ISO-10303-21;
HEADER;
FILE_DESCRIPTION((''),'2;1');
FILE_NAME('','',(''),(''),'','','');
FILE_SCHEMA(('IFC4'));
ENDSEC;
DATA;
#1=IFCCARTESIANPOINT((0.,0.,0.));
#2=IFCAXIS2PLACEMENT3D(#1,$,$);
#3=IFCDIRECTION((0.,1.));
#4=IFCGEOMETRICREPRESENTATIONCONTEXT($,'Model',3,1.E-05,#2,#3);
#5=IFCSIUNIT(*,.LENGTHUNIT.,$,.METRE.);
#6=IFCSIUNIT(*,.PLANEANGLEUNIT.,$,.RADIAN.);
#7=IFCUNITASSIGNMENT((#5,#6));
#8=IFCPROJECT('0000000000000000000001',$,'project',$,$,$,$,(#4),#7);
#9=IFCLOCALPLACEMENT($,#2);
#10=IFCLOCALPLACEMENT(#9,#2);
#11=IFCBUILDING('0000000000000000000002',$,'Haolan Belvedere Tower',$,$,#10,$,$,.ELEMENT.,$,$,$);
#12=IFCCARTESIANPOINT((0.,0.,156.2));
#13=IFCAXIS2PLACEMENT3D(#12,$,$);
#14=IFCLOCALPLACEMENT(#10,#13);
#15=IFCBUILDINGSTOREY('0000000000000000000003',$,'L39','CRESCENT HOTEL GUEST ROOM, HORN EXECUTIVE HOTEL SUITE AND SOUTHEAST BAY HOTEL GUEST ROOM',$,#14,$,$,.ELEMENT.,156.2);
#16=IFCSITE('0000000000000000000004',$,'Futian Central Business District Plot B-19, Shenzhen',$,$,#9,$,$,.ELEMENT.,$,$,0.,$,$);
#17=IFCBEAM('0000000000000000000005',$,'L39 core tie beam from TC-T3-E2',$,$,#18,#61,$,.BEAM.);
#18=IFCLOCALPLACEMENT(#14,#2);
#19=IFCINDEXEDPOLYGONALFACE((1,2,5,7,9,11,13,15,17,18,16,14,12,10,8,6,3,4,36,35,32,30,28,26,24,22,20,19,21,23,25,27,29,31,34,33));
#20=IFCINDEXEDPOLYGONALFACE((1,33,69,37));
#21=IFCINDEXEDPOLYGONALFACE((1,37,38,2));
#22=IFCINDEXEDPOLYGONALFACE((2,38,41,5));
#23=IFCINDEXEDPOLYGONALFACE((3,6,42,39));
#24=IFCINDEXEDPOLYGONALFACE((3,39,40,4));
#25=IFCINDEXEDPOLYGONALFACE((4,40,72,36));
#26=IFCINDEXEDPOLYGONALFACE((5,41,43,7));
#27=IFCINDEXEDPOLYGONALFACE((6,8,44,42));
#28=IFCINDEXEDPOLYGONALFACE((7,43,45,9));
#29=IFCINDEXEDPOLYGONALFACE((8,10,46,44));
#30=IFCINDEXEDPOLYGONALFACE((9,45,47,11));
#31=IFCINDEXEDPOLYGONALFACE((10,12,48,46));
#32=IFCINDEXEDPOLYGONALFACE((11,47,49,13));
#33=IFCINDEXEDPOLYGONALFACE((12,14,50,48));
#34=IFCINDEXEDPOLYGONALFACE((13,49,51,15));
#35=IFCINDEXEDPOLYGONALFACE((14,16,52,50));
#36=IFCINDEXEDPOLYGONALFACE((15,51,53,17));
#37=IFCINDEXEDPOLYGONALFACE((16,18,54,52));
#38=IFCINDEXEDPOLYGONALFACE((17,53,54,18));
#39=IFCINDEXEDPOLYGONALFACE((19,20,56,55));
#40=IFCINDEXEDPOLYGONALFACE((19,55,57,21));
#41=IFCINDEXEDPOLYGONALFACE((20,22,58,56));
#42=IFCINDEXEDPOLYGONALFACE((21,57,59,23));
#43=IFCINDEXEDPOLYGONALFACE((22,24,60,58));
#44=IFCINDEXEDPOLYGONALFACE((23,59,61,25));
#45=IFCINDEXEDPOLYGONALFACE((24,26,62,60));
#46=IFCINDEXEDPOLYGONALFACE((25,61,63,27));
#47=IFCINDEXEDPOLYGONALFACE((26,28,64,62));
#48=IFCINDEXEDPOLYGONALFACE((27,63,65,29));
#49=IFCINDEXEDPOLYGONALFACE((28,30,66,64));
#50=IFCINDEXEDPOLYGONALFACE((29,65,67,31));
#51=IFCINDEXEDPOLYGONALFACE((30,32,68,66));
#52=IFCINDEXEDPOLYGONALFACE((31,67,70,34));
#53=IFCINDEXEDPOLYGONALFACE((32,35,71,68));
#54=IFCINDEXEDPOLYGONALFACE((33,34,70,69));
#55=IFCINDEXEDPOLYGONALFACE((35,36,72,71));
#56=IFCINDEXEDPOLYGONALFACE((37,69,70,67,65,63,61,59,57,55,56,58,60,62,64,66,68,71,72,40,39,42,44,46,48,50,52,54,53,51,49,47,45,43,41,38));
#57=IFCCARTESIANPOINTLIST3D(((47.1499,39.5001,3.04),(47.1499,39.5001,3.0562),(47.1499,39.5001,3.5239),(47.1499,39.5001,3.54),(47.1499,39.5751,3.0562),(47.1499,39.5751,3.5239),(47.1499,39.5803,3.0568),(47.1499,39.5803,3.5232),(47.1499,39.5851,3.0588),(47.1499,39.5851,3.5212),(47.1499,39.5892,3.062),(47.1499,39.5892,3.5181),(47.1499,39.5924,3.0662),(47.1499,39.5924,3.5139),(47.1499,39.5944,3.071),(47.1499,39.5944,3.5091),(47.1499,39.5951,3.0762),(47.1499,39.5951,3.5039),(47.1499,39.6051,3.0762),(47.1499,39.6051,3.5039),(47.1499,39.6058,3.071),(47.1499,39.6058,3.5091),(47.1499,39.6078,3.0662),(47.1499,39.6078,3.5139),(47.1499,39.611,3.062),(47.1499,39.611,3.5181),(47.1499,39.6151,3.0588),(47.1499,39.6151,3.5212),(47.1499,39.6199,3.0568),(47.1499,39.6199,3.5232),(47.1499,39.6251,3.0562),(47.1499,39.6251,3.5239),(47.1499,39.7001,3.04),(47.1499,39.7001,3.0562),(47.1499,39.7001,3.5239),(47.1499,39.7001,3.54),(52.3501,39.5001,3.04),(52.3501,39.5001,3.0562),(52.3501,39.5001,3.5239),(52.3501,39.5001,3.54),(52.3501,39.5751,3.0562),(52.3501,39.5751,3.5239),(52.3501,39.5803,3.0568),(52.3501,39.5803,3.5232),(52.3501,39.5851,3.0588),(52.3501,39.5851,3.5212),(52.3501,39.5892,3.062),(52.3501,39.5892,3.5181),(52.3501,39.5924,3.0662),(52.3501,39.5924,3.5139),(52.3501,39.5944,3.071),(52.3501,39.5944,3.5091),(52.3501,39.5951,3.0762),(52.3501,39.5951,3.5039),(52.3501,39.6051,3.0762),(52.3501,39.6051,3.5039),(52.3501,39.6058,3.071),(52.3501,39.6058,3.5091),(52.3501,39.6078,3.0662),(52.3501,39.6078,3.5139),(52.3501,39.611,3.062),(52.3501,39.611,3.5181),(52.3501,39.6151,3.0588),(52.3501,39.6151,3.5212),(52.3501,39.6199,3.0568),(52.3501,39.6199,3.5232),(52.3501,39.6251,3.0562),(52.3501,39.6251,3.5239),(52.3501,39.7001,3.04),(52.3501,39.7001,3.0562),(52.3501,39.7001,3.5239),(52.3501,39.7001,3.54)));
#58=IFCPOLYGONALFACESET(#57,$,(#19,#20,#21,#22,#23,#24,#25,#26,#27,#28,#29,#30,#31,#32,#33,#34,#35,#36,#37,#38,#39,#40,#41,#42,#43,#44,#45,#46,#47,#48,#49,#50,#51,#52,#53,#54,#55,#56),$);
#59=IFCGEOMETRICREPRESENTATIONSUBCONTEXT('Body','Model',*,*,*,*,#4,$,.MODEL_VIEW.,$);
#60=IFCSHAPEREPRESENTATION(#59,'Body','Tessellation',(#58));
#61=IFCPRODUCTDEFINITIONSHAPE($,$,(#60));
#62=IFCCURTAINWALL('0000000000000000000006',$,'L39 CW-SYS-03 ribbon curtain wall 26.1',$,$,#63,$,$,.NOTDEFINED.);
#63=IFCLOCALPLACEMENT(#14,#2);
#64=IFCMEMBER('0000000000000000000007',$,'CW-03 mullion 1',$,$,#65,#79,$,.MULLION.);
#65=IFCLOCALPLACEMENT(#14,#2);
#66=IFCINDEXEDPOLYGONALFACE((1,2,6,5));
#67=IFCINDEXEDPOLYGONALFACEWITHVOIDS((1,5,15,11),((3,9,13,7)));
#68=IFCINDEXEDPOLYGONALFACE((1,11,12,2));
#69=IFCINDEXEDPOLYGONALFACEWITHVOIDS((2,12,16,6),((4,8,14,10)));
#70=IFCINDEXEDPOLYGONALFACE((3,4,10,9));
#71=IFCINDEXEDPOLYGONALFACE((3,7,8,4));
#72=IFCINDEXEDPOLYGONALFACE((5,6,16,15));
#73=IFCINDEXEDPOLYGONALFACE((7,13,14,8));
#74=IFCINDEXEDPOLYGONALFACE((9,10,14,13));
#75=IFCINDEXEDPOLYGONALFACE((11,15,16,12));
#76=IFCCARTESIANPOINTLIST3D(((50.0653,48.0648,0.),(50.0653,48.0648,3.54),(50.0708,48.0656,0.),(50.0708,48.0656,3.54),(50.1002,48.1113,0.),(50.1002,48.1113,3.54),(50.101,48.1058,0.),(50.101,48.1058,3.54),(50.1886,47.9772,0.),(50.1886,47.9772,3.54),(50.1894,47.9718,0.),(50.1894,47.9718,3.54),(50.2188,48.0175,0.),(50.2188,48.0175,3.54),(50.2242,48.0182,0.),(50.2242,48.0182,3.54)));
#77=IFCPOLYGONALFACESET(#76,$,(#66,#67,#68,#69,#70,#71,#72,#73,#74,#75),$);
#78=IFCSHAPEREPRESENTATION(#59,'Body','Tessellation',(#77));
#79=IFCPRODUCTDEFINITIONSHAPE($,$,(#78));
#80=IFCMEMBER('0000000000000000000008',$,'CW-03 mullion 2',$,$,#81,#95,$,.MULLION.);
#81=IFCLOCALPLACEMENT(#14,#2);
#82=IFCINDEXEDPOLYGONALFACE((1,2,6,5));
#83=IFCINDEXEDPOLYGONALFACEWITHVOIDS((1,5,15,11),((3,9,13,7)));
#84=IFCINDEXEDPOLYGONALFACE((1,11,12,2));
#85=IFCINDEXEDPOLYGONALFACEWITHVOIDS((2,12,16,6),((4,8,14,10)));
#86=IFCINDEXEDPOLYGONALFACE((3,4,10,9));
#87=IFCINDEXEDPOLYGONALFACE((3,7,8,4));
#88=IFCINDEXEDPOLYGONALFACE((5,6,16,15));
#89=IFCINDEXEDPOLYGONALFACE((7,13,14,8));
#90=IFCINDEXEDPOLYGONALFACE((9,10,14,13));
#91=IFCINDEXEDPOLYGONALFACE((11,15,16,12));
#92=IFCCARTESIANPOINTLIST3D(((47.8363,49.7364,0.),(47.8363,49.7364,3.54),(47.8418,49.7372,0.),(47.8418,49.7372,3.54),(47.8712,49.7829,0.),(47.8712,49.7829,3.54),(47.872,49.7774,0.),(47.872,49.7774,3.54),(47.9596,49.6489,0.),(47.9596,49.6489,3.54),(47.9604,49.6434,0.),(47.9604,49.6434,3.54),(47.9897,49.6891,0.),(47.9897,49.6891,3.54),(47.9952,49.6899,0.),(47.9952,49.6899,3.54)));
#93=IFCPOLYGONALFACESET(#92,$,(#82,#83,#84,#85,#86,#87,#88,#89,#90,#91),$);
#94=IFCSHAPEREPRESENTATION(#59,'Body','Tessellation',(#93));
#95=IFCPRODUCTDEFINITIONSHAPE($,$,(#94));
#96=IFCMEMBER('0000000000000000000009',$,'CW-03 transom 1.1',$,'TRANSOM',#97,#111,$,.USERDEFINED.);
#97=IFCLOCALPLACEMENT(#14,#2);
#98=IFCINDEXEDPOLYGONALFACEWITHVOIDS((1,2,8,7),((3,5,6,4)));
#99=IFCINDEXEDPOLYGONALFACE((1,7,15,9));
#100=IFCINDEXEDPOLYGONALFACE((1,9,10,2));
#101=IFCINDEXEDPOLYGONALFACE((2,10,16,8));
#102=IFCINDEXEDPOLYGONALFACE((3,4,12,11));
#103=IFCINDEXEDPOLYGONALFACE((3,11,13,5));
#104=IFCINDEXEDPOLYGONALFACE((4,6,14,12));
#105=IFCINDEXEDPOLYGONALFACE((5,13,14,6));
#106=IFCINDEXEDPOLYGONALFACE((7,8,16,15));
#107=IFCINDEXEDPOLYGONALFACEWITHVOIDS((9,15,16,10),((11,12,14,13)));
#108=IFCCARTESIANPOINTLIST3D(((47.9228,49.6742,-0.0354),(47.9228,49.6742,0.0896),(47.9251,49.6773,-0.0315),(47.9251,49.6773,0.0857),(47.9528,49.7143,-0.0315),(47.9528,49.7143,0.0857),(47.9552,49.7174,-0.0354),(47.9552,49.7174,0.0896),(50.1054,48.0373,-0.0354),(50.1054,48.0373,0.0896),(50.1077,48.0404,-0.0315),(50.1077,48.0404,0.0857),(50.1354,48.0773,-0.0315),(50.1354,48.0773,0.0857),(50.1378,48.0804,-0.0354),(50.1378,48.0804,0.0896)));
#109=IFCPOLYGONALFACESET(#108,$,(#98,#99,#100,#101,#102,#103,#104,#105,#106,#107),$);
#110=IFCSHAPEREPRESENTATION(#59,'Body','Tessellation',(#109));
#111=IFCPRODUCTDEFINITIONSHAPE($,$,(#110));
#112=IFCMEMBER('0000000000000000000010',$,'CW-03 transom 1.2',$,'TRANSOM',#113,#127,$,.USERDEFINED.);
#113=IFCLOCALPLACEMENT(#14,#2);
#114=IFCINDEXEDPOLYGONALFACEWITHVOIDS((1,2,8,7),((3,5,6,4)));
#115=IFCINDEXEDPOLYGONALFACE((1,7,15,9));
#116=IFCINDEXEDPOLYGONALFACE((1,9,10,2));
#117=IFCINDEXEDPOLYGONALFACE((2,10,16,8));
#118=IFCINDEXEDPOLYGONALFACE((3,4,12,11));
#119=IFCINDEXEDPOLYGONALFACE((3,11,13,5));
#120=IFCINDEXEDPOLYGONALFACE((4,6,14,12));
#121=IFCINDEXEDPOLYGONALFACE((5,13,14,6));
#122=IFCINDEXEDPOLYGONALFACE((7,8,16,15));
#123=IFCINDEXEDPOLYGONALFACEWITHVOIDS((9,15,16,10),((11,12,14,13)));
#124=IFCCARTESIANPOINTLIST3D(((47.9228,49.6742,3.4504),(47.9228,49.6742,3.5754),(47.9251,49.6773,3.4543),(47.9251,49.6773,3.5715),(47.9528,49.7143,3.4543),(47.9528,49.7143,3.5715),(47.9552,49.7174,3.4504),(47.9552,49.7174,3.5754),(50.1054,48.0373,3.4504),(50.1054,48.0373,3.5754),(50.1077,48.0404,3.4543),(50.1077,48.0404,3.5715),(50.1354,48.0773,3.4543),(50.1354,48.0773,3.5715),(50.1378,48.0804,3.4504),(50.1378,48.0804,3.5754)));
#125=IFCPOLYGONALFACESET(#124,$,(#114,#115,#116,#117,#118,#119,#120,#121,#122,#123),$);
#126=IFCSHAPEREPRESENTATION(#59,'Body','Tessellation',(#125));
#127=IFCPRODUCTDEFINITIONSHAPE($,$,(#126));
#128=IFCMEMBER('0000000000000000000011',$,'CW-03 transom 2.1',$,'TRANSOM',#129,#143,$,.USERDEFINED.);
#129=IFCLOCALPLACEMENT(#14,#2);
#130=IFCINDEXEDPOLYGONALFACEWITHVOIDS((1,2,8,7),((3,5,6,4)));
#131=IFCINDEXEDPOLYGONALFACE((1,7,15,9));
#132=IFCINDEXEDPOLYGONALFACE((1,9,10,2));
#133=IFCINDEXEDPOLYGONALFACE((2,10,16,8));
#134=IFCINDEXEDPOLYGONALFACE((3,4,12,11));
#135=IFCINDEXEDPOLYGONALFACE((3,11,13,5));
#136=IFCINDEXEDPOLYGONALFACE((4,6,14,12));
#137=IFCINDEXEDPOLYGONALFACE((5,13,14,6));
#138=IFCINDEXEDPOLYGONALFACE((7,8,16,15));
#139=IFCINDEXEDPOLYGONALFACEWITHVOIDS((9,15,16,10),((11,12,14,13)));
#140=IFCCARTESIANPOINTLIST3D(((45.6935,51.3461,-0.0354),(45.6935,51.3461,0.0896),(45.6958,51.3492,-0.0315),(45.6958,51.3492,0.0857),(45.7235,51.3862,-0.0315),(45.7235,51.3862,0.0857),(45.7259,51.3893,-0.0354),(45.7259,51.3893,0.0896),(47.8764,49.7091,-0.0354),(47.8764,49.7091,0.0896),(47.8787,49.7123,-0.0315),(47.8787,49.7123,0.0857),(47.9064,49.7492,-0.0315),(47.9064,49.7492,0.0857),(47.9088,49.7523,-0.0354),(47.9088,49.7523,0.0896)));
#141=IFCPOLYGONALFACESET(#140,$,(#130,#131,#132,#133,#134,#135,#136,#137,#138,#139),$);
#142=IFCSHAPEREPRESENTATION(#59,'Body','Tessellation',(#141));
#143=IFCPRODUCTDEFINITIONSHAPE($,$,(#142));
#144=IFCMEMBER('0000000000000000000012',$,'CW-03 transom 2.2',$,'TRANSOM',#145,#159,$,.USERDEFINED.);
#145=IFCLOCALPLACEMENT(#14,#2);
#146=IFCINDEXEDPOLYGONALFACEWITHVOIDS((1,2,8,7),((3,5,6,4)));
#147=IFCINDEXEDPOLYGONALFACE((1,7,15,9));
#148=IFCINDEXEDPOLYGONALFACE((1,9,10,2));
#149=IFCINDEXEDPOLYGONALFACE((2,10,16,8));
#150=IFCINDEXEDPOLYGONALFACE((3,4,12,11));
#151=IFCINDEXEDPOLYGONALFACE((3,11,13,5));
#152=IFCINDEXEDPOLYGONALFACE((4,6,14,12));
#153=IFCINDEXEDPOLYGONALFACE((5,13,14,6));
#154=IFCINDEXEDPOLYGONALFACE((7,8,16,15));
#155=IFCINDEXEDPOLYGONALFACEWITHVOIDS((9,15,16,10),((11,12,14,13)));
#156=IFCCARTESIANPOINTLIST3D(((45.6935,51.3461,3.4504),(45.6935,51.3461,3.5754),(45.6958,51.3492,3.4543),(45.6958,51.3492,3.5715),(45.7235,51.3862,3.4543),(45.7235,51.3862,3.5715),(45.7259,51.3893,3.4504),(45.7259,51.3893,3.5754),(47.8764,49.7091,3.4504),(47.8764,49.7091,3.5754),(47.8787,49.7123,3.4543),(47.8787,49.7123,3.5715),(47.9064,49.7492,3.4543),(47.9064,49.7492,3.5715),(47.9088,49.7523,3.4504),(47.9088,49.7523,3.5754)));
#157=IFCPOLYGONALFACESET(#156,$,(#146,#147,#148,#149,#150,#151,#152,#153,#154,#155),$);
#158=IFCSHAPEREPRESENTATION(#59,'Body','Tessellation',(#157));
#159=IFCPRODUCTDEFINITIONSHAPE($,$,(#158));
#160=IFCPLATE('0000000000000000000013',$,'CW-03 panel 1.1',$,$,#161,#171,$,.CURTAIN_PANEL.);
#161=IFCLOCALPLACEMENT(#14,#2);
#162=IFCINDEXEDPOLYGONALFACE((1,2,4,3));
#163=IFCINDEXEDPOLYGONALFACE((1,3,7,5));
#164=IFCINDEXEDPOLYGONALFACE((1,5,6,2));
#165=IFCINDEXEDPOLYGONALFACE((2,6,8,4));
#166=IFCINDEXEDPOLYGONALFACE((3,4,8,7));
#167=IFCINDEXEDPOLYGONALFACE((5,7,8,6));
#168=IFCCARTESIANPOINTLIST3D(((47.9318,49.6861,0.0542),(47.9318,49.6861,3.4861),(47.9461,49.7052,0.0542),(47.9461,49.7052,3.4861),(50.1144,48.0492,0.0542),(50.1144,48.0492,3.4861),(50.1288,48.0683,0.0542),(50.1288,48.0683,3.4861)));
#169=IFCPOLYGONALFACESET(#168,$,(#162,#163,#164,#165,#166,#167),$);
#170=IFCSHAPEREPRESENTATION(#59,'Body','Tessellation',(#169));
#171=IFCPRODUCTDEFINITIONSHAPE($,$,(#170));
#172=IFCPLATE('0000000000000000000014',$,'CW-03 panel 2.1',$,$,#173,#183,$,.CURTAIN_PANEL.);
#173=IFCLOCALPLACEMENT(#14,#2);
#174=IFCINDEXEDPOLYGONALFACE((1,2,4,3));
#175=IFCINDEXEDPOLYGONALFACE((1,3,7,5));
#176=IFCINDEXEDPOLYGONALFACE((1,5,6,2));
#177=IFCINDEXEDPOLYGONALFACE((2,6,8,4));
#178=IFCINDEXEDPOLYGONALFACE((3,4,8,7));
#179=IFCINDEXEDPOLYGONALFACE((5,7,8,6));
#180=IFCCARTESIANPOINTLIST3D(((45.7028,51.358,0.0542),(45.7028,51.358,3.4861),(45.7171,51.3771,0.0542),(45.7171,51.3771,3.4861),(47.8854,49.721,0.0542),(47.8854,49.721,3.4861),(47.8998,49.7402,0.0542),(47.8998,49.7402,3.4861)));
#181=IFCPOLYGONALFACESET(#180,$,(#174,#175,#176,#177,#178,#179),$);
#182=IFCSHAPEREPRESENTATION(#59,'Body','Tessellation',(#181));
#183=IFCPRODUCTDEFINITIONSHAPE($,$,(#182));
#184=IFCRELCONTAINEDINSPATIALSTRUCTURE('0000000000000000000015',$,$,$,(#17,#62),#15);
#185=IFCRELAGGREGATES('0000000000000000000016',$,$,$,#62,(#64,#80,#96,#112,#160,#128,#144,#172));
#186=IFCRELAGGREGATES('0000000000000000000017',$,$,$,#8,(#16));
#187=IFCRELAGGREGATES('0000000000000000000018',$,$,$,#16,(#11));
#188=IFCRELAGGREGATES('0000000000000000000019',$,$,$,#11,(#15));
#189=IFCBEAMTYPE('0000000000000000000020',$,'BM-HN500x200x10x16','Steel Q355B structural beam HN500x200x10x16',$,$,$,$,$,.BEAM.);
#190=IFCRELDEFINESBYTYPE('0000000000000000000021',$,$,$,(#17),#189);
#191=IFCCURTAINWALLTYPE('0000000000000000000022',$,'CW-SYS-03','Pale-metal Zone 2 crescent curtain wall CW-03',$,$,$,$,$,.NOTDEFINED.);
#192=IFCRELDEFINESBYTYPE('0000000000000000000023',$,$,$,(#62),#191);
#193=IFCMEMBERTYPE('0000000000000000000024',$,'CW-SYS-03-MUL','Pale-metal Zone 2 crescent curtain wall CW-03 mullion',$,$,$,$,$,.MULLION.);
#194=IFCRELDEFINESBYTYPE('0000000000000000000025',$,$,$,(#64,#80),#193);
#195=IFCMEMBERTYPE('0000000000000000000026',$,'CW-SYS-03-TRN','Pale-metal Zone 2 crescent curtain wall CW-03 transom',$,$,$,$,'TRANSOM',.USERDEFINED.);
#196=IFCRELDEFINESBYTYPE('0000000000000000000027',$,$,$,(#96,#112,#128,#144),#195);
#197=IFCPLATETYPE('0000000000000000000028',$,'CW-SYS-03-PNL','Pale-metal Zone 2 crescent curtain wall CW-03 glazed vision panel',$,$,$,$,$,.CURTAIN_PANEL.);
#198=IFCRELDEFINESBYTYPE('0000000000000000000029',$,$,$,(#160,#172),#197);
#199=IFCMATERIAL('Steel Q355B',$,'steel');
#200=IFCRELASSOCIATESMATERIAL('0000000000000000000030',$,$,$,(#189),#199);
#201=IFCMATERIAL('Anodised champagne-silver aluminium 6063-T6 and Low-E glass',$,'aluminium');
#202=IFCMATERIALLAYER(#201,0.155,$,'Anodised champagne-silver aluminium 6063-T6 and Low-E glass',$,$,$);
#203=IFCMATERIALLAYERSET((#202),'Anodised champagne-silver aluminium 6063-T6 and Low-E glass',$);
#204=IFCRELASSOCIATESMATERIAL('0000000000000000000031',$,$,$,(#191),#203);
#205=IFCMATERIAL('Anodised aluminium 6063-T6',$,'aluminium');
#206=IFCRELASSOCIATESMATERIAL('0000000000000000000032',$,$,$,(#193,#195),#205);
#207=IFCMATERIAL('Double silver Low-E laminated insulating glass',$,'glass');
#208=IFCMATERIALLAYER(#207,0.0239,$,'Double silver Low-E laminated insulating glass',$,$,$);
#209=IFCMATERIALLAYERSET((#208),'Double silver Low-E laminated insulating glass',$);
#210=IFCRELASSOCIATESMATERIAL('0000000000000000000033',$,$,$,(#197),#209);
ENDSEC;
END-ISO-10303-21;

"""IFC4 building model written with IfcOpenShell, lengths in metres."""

from ifc_helpers import new_model, si_unit, direction, frame, origin, origin_2d, place, context, subcontext, project, spatial, rectangle, hollow_rectangle, i_section, extrude, material, layer, layer_set, material_profile, profile_set, type_object, element, aggregate, save


model = new_model("IFC4")

# Units and contexts
model_context = context("Model", 3, precision=1e-05, world=origin(), true_north=direction((0.0, 1.0)))
body_context = subcontext(model_context, "Body", "Model", "MODEL_VIEW")
ifc_project = project(units=[si_unit("LENGTHUNIT", "METRE"), si_unit("PLANEANGLEUNIT", "RADIAN")], contexts=[model_context])

# Site, building, storey
site_placement = place(None, origin())
site = spatial("IfcSite", under=ifc_project, at=site_placement, Name="Futian Central Business District Plot B-19, Shenzhen", CompositionType="ELEMENT", RefElevation=0.0)
building_placement = place(site_placement, origin())
building = spatial("IfcBuilding", under=site, at=building_placement, Name="Haolan Belvedere Tower", CompositionType="ELEMENT")
storey_placement = place(building_placement, frame((0.0, 0.0, 156.2)))
storey = spatial("IfcBuildingStorey", under=building, at=storey_placement, Name="L39", Description="CRESCENT HOTEL GUEST ROOM, HORN EXECUTIVE HOTEL SUITE AND SOUTHEAST BAY HOTEL GUEST ROOM", CompositionType="ELEMENT", Elevation=156.2)

# Beam
ifc_material_1 = material(Name="Steel Q355B", Category="steel")
ifc_material_profile_1 = material_profile(ifc_material_1, i_section(OverallWidth=0.2, OverallDepth=0.5, WebThickness=0.01, FlangeThickness=0.0161, FilletRadius=0.02, at=origin_2d()), Name="Steel Q355B")
ifc_profile_set_1 = profile_set([ifc_material_profile_1], Name="Steel Q355B")
beam_type = type_object("IfcBeamType", Name="BM-HN500x200x10x16", Description="Steel Q355B structural beam HN500x200x10x16", PredefinedType="BEAM", material=ifc_profile_set_1)
beam_placement = place(storey_placement, frame((52.3501, 39.6001, 3.29), z_axis=(-1.0, 0.0, 0.0), x_axis=(0.0, -1.0, 0.0)))
element("IfcBeam", 1, at=beam_placement, inside=storey, type_object=beam_type, Name="L39 core tie beam from TC-T3-E2", PredefinedType="BEAM", context=body_context, shape_type="SweptSolid", body=[
    extrude(i_section(OverallWidth=0.2, OverallDepth=0.5, WebThickness=0.01, FlangeThickness=0.0161, FilletRadius=0.02, at=origin_2d()), origin(), (0.0, 0.0, 1.0), 5.2002),
])

# Curtain wall, members, plates
ifc_material_2 = material(Name="Anodised champagne-silver aluminium 6063-T6 and Low-E glass", Category="aluminium")
ifc_layer_1 = layer(ifc_material_2, 0.155, Name="Anodised champagne-silver aluminium 6063-T6 and Low-E glass")
ifc_layer_set_1 = layer_set([ifc_layer_1], Name="Anodised champagne-silver aluminium 6063-T6 and Low-E glass")
curtain_wall_type = type_object("IfcCurtainWallType", Name="CW-SYS-03", Description="Pale-metal Zone 2 crescent curtain wall CW-03", PredefinedType="NOTDEFINED", material=ifc_layer_set_1)
curtain_wall_placement = place(storey_placement, origin())
curtain_wall = element("IfcCurtainWall", 2, at=curtain_wall_placement, inside=storey, type_object=curtain_wall_type, Name="L39 CW-SYS-03 ribbon curtain wall 26.1", PredefinedType="NOTDEFINED")
ifc_material_3 = material(Name="Anodised aluminium 6063-T6", Category="aluminium")
ifc_material_profile_2 = material_profile(ifc_material_3, hollow_rectangle(XDim=0.0581, YDim=0.155, WallThickness=0.0039, at=origin_2d()), Name="Anodised aluminium 6063-T6")
ifc_profile_set_2 = profile_set([ifc_material_profile_2], Name="Anodised aluminium 6063-T6")
member_type_1 = type_object("IfcMemberType", Name="CW-SYS-03-MUL", Description="Pale-metal Zone 2 crescent curtain wall CW-03 mullion", PredefinedType="MULLION", material=ifc_profile_set_2)
member_1_placement = place(storey_placement, frame((50.1448, 48.0415, 0.0), z_axis=(0.0, 0.0, 1.0), x_axis=(-0.599994, -0.800004, 0.0)))
member_1 = element("IfcMember", 3, at=member_1_placement, type_object=member_type_1, Name="CW-03 mullion 1", PredefinedType="MULLION", context=body_context, shape_type="SweptSolid", body=[
    extrude(hollow_rectangle(XDim=0.0581, YDim=0.155, WallThickness=0.0039, at=origin_2d()), origin(), (0.0, 0.0, 1.0), 3.54),
])
member_2_placement = place(storey_placement, frame((47.9158, 49.7131, 0.0), z_axis=(0.0, 0.0, 1.0), x_axis=(-0.599994, -0.800004, 0.0)))
member_2 = element("IfcMember", 4, at=member_2_placement, type_object=member_type_1, Name="CW-03 mullion 2", PredefinedType="MULLION", context=body_context, shape_type="SweptSolid", body=[
    extrude(hollow_rectangle(XDim=0.0581, YDim=0.155, WallThickness=0.0039, at=origin_2d()), origin(), (0.0, 0.0, 1.0), 3.54),
])
ifc_material_profile_3 = material_profile(ifc_material_3, hollow_rectangle(XDim=0.054, YDim=0.125, WallThickness=0.0039, at=origin_2d()), Name="Anodised aluminium 6063-T6")
ifc_profile_set_3 = profile_set([ifc_material_profile_3], Name="Anodised aluminium 6063-T6")
member_type_2 = type_object("IfcMemberType", Name="CW-SYS-03-TRN", Description="Pale-metal Zone 2 crescent curtain wall CW-03 transom", ElementType="TRANSOM", PredefinedType="USERDEFINED", material=ifc_profile_set_3)
member_3_placement = place(storey_placement, frame((50.1216, 48.0588, 0.0271), z_axis=(-0.8, 0.6, 0.0), x_axis=(-0.6, -0.8, 0.0)))
member_3 = element("IfcMember", 5, at=member_3_placement, type_object=member_type_2, Name="CW-03 transom 1.1", ObjectType="TRANSOM", PredefinedType="USERDEFINED", context=body_context, shape_type="SweptSolid", body=[
    extrude(hollow_rectangle(XDim=0.054, YDim=0.125, WallThickness=0.0039, at=origin_2d()), origin(), (0.0, 0.0, 1.0), 2.7283),
])
member_4_placement = place(storey_placement, frame((50.1216, 48.0588, 3.5129), z_axis=(-0.8, 0.6, 0.0), x_axis=(-0.6, -0.8, 0.0)))
member_4 = element("IfcMember", 6, at=member_4_placement, type_object=member_type_2, Name="CW-03 transom 1.2", ObjectType="TRANSOM", PredefinedType="USERDEFINED", context=body_context, shape_type="SweptSolid", body=[
    extrude(hollow_rectangle(XDim=0.054, YDim=0.125, WallThickness=0.0039, at=origin_2d()), origin(), (0.0, 0.0, 1.0), 2.7283),
])
member_5_placement = place(storey_placement, frame((47.8926, 49.7307, 0.0271), z_axis=(-0.800032, 0.599957, 0.0), x_axis=(-0.599957, -0.800032, 0.0)))
member_5 = element("IfcMember", 7, at=member_5_placement, type_object=member_type_2, Name="CW-03 transom 2.1", ObjectType="TRANSOM", PredefinedType="USERDEFINED", context=body_context, shape_type="SweptSolid", body=[
    extrude(hollow_rectangle(XDim=0.054, YDim=0.125, WallThickness=0.0039, at=origin_2d()), origin(), (0.0, 0.0, 1.0), 2.7285),
])
member_6_placement = place(storey_placement, frame((47.8926, 49.7307, 3.5129), z_axis=(-0.800032, 0.599957, 0.0), x_axis=(-0.599957, -0.800032, 0.0)))
member_6 = element("IfcMember", 8, at=member_6_placement, type_object=member_type_2, Name="CW-03 transom 2.2", ObjectType="TRANSOM", PredefinedType="USERDEFINED", context=body_context, shape_type="SweptSolid", body=[
    extrude(hollow_rectangle(XDim=0.054, YDim=0.125, WallThickness=0.0039, at=origin_2d()), origin(), (0.0, 0.0, 1.0), 2.7285),
])
ifc_material_4 = material(Name="Double silver Low-E laminated insulating glass", Category="glass")
ifc_layer_2 = layer(ifc_material_4, 0.0239, Name="Double silver Low-E laminated insulating glass")
ifc_layer_set_2 = layer_set([ifc_layer_2], Name="Double silver Low-E laminated insulating glass")
plate_type = type_object("IfcPlateType", Name="CW-SYS-03-PNL", Description="Pale-metal Zone 2 crescent curtain wall CW-03 glazed vision panel", PredefinedType="CURTAIN_PANEL", material=ifc_layer_set_2)
plate_1_placement = place(storey_placement, frame((49.0303, 48.8772, 0.0542), z_axis=(0.0, 0.0, 1.0), x_axis=(-0.800004, 0.599994, 0.0)))
plate_1 = element("IfcPlate", 9, at=plate_1_placement, type_object=plate_type, Name="CW-03 panel 1.1", PredefinedType="CURTAIN_PANEL", context=body_context, shape_type="SweptSolid", body=[
    extrude(rectangle(XDim=2.7283, YDim=0.0239, at=origin_2d()), origin(), (0.0, 0.0, 1.0), 3.4319),
])
plate_2_placement = place(storey_placement, frame((46.8013, 50.5491, 0.0542), z_axis=(0.0, 0.0, 1.0), x_axis=(-0.800004, 0.599994, 0.0)))
plate_2 = element("IfcPlate", 10, at=plate_2_placement, type_object=plate_type, Name="CW-03 panel 2.1", PredefinedType="CURTAIN_PANEL", context=body_context, shape_type="SweptSolid", body=[
    extrude(rectangle(XDim=2.7283, YDim=0.0239, at=origin_2d()), origin(), (0.0, 0.0, 1.0), 3.4319),
])
aggregate(curtain_wall, [member_1, member_2, member_3, member_4, plate_1, member_5, member_6, plate_2])

save(model, "model.ifc")
